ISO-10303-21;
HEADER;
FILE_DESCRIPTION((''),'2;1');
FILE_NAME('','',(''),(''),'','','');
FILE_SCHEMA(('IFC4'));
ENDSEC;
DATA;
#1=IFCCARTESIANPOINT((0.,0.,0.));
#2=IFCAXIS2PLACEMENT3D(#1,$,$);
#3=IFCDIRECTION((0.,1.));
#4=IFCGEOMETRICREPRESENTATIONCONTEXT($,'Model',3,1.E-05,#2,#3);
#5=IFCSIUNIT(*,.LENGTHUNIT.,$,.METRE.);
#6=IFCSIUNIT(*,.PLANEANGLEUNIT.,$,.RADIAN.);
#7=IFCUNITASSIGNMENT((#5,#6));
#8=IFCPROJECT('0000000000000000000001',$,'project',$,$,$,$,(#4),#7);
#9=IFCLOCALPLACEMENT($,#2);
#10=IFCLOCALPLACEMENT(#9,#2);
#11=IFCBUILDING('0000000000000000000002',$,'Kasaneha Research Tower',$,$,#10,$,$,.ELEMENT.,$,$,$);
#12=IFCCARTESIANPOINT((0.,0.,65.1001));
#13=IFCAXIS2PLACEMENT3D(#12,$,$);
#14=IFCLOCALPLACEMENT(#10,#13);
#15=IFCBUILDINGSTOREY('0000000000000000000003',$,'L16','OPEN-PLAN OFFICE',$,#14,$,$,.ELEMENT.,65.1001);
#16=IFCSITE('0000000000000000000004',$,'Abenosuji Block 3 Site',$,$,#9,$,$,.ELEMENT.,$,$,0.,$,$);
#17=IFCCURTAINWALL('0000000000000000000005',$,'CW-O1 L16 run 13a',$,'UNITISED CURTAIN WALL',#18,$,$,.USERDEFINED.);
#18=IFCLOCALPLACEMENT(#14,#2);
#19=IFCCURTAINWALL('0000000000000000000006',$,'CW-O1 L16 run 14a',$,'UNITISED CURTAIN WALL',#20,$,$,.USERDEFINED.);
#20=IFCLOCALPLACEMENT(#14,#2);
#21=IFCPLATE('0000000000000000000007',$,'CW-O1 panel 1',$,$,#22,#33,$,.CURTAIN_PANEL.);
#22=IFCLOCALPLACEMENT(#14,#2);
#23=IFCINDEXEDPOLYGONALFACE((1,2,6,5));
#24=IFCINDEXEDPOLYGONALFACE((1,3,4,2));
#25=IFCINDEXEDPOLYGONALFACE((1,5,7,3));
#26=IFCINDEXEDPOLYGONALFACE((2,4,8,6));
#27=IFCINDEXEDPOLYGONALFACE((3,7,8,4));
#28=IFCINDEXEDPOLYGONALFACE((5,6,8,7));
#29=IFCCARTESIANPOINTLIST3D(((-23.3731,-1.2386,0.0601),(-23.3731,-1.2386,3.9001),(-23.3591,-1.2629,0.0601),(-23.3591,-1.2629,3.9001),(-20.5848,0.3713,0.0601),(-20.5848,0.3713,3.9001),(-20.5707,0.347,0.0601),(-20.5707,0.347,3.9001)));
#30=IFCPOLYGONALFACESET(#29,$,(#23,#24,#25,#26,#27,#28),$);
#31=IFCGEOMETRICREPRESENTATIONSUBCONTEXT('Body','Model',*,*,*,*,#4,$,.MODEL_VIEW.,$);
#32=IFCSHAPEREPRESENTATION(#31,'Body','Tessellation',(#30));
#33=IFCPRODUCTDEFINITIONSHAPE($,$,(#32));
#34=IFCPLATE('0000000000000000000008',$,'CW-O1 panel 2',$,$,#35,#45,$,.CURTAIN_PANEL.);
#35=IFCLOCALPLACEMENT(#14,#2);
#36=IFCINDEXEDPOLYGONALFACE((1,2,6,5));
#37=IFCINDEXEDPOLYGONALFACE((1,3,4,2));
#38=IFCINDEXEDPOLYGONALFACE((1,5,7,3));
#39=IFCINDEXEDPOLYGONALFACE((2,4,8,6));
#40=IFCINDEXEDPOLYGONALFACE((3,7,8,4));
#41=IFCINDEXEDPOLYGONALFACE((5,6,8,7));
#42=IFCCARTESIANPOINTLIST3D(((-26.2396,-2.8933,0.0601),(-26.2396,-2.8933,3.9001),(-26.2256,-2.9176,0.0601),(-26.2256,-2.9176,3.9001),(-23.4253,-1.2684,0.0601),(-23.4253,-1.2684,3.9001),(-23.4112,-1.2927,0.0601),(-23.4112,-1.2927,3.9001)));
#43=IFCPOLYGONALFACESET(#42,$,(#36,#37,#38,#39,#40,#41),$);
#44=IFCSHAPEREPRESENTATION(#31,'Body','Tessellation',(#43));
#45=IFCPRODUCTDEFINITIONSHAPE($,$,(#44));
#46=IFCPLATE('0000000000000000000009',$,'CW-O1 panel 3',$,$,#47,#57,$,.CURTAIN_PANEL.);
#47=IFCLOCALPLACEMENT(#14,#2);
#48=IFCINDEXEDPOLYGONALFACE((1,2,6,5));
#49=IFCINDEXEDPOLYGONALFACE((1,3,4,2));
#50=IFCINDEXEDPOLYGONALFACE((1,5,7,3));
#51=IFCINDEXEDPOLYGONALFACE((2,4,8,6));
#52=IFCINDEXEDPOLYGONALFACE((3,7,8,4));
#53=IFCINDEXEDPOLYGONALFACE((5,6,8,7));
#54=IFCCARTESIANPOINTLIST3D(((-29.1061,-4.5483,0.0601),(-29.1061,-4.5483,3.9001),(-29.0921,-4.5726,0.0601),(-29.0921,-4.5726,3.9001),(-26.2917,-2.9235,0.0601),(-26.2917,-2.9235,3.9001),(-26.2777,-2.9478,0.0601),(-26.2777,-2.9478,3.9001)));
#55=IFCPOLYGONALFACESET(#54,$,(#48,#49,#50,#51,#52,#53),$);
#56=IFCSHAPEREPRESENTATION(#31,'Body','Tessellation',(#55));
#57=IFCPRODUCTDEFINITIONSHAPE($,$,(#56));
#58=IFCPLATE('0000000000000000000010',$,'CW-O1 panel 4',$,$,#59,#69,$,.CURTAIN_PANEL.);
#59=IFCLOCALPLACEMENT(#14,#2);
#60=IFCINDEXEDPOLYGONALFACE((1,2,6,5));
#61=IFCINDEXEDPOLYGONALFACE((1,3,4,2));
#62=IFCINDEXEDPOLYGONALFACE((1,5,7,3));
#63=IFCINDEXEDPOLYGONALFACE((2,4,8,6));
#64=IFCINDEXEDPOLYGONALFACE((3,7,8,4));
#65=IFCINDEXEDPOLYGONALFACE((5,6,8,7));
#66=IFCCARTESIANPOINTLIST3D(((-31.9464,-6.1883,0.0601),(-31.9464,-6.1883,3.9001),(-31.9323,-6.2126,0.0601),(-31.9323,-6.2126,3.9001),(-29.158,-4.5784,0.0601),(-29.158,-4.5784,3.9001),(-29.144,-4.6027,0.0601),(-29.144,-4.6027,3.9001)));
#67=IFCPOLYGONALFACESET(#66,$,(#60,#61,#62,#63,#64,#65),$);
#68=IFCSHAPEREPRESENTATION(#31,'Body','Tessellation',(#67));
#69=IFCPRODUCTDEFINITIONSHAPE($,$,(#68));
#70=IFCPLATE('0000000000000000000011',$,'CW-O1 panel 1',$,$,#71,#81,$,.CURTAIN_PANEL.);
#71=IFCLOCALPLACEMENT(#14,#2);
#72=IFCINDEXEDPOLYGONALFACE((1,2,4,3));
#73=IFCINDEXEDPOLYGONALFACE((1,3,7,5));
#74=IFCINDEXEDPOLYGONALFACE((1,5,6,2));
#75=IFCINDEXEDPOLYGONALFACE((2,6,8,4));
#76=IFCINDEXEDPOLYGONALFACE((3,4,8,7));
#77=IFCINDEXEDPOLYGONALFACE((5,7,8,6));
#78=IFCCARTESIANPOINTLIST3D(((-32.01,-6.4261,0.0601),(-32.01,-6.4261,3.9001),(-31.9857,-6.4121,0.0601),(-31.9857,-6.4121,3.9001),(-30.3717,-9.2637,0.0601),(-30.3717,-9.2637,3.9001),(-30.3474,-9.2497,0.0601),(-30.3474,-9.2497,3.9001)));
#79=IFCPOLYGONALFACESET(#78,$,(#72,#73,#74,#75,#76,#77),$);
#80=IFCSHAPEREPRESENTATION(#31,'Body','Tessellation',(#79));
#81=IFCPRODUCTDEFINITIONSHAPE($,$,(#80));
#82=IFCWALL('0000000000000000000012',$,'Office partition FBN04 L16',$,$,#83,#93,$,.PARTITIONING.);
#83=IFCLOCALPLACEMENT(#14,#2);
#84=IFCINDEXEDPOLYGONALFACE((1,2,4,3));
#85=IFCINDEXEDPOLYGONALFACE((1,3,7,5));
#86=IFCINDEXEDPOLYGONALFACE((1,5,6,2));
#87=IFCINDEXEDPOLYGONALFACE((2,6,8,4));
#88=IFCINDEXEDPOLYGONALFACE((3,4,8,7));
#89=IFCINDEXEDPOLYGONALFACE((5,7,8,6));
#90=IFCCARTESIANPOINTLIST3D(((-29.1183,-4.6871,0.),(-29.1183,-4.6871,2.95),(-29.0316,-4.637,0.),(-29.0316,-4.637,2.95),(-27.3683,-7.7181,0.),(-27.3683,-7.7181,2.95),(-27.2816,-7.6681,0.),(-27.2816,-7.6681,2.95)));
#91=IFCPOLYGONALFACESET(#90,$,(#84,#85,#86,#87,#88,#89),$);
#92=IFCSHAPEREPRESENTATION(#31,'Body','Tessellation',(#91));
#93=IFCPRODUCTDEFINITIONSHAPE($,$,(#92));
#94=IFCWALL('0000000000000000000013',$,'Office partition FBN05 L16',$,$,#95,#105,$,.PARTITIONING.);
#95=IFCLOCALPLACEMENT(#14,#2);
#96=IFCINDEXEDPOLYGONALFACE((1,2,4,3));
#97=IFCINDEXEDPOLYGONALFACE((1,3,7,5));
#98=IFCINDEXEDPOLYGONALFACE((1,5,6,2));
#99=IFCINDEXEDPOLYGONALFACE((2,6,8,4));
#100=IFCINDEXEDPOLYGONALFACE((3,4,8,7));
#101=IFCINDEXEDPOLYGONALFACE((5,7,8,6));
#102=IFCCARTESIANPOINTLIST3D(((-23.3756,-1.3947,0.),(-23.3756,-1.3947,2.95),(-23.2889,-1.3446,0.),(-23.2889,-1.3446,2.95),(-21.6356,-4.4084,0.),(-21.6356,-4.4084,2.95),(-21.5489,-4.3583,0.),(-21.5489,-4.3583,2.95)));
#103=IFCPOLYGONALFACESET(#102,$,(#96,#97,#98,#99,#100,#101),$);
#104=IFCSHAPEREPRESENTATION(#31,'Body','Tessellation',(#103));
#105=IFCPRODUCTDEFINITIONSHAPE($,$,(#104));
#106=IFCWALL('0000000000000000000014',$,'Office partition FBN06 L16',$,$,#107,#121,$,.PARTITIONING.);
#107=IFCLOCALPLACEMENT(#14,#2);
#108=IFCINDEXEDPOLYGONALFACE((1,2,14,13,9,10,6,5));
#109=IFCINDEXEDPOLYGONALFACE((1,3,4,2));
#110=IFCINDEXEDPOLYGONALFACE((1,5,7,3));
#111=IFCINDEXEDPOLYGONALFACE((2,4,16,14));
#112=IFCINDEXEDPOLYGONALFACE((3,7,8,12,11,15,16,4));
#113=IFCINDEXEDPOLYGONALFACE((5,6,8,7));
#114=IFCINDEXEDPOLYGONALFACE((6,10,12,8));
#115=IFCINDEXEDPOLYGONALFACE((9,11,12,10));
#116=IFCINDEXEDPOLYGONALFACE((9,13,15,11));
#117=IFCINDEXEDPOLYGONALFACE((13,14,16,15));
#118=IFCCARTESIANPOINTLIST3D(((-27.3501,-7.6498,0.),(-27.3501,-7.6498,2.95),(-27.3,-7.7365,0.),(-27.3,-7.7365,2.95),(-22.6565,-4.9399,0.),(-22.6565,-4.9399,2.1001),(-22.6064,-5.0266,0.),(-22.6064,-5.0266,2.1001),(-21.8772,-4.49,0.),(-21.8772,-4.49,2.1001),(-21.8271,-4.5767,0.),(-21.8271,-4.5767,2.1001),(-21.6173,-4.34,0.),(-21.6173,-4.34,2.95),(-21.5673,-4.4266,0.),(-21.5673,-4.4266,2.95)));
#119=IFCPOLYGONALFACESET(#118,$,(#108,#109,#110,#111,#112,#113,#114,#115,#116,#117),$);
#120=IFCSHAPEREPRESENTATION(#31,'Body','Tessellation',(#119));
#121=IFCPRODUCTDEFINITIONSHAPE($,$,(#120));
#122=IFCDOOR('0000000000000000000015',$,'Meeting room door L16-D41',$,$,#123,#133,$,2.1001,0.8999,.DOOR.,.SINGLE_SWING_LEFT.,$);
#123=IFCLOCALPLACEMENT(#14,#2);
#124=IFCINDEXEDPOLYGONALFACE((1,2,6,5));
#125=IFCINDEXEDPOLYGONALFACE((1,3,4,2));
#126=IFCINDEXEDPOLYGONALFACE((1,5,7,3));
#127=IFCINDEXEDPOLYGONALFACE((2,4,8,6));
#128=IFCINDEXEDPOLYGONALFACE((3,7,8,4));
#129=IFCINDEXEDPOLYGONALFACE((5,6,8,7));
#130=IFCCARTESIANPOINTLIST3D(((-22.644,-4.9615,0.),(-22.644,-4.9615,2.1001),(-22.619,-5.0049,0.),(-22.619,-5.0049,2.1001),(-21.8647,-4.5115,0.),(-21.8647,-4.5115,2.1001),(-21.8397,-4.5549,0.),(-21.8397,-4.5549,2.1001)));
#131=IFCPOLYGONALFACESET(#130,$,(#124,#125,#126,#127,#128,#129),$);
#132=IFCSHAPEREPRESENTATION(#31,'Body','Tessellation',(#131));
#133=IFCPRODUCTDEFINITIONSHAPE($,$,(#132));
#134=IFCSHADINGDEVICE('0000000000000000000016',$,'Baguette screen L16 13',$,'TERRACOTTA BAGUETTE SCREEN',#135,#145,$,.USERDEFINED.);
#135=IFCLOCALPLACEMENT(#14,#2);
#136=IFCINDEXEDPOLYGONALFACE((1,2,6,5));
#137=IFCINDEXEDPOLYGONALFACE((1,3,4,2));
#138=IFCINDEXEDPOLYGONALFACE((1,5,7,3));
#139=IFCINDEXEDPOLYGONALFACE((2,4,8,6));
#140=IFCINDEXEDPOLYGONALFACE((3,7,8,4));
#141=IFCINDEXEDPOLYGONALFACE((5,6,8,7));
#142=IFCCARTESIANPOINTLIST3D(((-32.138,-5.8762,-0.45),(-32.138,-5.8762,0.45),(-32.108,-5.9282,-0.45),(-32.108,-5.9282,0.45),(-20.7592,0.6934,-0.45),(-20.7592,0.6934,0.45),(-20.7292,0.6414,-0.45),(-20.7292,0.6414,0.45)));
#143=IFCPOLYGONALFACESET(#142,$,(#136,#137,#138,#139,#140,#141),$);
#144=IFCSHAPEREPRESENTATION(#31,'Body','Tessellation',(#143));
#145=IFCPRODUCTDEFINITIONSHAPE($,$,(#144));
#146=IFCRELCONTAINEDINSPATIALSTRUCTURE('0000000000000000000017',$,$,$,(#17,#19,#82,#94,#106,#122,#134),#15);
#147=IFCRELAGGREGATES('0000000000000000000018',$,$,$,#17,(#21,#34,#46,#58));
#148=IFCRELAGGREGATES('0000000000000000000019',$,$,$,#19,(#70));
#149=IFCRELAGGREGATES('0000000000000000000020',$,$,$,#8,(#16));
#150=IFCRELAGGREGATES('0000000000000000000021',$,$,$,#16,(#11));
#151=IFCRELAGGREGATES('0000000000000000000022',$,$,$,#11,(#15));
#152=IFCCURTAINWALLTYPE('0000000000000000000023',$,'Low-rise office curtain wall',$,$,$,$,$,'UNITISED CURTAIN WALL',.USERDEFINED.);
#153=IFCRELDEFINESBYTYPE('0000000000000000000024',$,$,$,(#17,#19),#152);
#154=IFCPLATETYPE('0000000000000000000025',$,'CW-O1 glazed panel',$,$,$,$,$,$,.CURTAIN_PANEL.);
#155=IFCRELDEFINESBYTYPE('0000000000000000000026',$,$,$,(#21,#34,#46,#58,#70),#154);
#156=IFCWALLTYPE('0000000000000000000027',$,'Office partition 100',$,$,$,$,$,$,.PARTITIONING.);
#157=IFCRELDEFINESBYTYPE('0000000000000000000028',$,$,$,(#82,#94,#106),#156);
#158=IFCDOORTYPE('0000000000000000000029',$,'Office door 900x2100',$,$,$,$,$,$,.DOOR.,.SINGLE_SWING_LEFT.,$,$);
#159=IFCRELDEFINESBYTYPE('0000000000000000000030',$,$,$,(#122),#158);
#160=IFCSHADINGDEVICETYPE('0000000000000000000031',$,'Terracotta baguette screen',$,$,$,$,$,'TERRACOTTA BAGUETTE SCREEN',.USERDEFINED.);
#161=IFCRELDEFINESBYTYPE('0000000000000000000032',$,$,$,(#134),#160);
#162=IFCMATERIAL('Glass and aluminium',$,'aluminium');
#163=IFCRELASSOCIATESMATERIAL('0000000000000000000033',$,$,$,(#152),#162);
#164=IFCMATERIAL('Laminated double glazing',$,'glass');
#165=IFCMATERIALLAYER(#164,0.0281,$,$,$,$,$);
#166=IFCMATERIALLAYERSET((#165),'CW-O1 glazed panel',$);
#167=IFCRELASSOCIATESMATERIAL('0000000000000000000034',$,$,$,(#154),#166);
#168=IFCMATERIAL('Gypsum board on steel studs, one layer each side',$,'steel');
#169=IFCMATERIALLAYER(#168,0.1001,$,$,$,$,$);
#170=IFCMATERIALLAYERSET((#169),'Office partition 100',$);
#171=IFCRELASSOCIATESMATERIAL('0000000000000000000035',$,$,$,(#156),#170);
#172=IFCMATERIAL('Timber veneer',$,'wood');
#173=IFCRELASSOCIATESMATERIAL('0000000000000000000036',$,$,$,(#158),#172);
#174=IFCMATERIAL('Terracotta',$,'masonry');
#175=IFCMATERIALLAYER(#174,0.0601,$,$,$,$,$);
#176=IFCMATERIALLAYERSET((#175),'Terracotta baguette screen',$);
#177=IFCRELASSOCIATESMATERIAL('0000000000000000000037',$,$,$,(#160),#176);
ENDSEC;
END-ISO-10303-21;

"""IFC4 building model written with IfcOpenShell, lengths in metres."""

from ifc_helpers import new_model, si_unit, direction, frame, frame_2d, origin, origin_2d, place, context, subcontext, project, spatial, rectangle, extrude, material, layer, layer_set, type_object, element, fill, aggregate, save


model = new_model("IFC4")

# Units and contexts
model_context = context("Model", 3, precision=1e-05, world=origin(), true_north=direction((0.0, 1.0)))
body_context = subcontext(model_context, "Body", "Model", "MODEL_VIEW")
ifc_project = project(units=[si_unit("LENGTHUNIT", "METRE"), si_unit("PLANEANGLEUNIT", "RADIAN")], contexts=[model_context])

# Site, building, storey
site_placement = place(None, origin())
site = spatial("IfcSite", under=ifc_project, at=site_placement, Name="Abenosuji Block 3 Site", CompositionType="ELEMENT", RefElevation=0.0)
building_placement = place(site_placement, origin())
building = spatial("IfcBuilding", under=site, at=building_placement, Name="Kasaneha Research Tower", CompositionType="ELEMENT")
storey_placement = place(building_placement, frame((0.0, 0.0, 65.1001)))
storey = spatial("IfcBuildingStorey", under=building, at=storey_placement, Name="L16", Description="OPEN-PLAN OFFICE", CompositionType="ELEMENT", Elevation=65.1001)

# Curtain wall
ifc_material_1 = material(Name="Glass and aluminium", Category="aluminium")
curtain_wall_type = type_object("IfcCurtainWallType", Name="Low-rise office curtain wall", ElementType="UNITISED CURTAIN WALL", PredefinedType="USERDEFINED", material=ifc_material_1)
curtain_wall_1_placement = place(storey_placement, origin())
curtain_wall_1 = element("IfcCurtainWall", 1, at=curtain_wall_1_placement, inside=storey, type_object=curtain_wall_type, Name="CW-O1 L16 run 13a", ObjectType="UNITISED CURTAIN WALL", PredefinedType="USERDEFINED")

# Curtain wall
curtain_wall_2_placement = place(storey_placement, origin())
curtain_wall_2 = element("IfcCurtainWall", 2, at=curtain_wall_2_placement, inside=storey, type_object=curtain_wall_type, Name="CW-O1 L16 run 14a", ObjectType="UNITISED CURTAIN WALL", PredefinedType="USERDEFINED")

# Plates
ifc_material_2 = material(Name="Laminated double glazing", Category="glass")
ifc_layer_1 = layer(ifc_material_2, 0.0281)
ifc_layer_set_1 = layer_set([ifc_layer_1], Name="CW-O1 glazed panel")
plate_type = type_object("IfcPlateType", Name="CW-O1 glazed panel", PredefinedType="CURTAIN_PANEL", material=ifc_layer_set_1)
plate_1_placement = place(storey_placement, frame((-21.9719, -0.4458, 0.0601), z_axis=(0.0, 0.0, 1.0), x_axis=(-0.866025, -0.5, 0.0)))
plate_1 = element("IfcPlate", 3, at=plate_1_placement, type_object=plate_type, Name="CW-O1 panel 1", PredefinedType="CURTAIN_PANEL", context=body_context, shape_type="SweptSolid", body=[
    extrude(rectangle(XDim=3.2197, YDim=0.0281, at=origin_2d()), origin(), (0.0, 0.0, 1.0), 3.8401),
])
plate_2_placement = place(storey_placement, frame((-24.8254, -2.093, 0.0601), z_axis=(0.0, 0.0, 1.0), x_axis=(-0.866025, -0.5, 0.0)))
plate_2 = element("IfcPlate", 4, at=plate_2_placement, type_object=plate_type, Name="CW-O1 panel 2", PredefinedType="CURTAIN_PANEL", context=body_context, shape_type="SweptSolid", body=[
    extrude(rectangle(XDim=3.2498, YDim=0.0281, at=origin_2d()), origin(), (0.0, 0.0, 1.0), 3.8401),
])
plate_3_placement = place(storey_placement, frame((-27.6919, -3.748, 0.0601), z_axis=(0.0, 0.0, 1.0), x_axis=(-0.866025, -0.5, 0.0)))
plate_3 = element("IfcPlate", 5, at=plate_3_placement, type_object=plate_type, Name="CW-O1 panel 3", PredefinedType="CURTAIN_PANEL", context=body_context, shape_type="SweptSolid", body=[
    extrude(rectangle(XDim=3.2498, YDim=0.0281, at=origin_2d()), origin(), (0.0, 0.0, 1.0), 3.8401),
])
plate_4_placement = place(storey_placement, frame((-30.5452, -5.3955, 0.0601), z_axis=(0.0, 0.0, 1.0), x_axis=(-0.866025, -0.5, 0.0)))
plate_4 = element("IfcPlate", 6, at=plate_4_placement, type_object=plate_type, Name="CW-O1 panel 4", PredefinedType="CURTAIN_PANEL", context=body_context, shape_type="SweptSolid", body=[
    extrude(rectangle(XDim=3.2197, YDim=0.0281, at=origin_2d()), origin(), (0.0, 0.0, 1.0), 3.8401),
])
aggregate(curtain_wall_1, [plate_1, plate_2, plate_3, plate_4])
plate_5_placement = place(storey_placement, frame((-31.1787, -7.8379, 0.0601), z_axis=(0.0, 0.0, 1.0), x_axis=(0.5, -0.866025, 0.0)))
plate_5 = element("IfcPlate", 7, at=plate_5_placement, type_object=plate_type, Name="CW-O1 panel 1", PredefinedType="CURTAIN_PANEL", context=body_context, shape_type="SweptSolid", body=[
    extrude(rectangle(XDim=3.2766, YDim=0.0281, at=origin_2d()), origin(), (0.0, 0.0, 1.0), 3.8401),
])
aggregate(curtain_wall_2, [plate_5])

# Walls
ifc_material_3 = material(Name="Gypsum board on steel studs, one layer each side", Category="steel")
ifc_layer_2 = layer(ifc_material_3, 0.1001)
ifc_layer_set_2 = layer_set([ifc_layer_2], Name="Office partition 100")
wall_type = type_object("IfcWallType", Name="Office partition 100", PredefinedType="PARTITIONING", material=ifc_layer_set_2)
wall_1_placement = place(storey_placement, frame((-27.325, -7.6931, 0.0), z_axis=(0.0, 0.0, 1.0), x_axis=(-0.50001, 0.866019, 0.0)))
element("IfcWall", 8, at=wall_1_placement, inside=storey, type_object=wall_type, Name="Office partition FBN04 L16", PredefinedType="PARTITIONING", context=body_context, shape_type="SweptSolid", body=[
    extrude(rectangle(XDim=3.5, YDim=0.1001, at=frame_2d((1.75, 0.0))), origin(), (0.0, 0.0, 1.0), 2.95),
])
wall_2_placement = place(storey_placement, frame((-23.3323, -1.3696, 0.0), z_axis=(0.0, 0.0, 1.0), x_axis=(0.50001, -0.86602, 0.0)))
element("IfcWall", 9, at=wall_2_placement, inside=storey, type_object=wall_type, Name="Office partition FBN05 L16", PredefinedType="PARTITIONING", context=body_context, shape_type="SweptSolid", body=[
    extrude(rectangle(XDim=3.48, YDim=0.1001, at=frame_2d((1.74, 0.0))), origin(), (0.0, 0.0, 1.0), 2.95),
])

# Wall, opening, door
wall_3_placement = place(storey_placement, frame((-21.5923, -4.3833, 0.0), z_axis=(0.0, 0.0, 1.0), x_axis=(-0.866022, -0.500007, 0.0)))
wall_3 = element("IfcWall", 10, at=wall_3_placement, inside=storey, type_object=wall_type, Name="Office partition FBN06 L16", PredefinedType="PARTITIONING", context=body_context, shape_type="SweptSolid", body=[
    extrude(rectangle(XDim=6.6196, YDim=0.1001, at=frame_2d((3.3098, 0.0))), origin(), (0.0, 0.0, 1.0), 2.95),
])
opening_placement = place(wall_3_placement, frame((0.3, 0.0, 0.0)))
opening = element("IfcOpeningElement", 11, at=opening_placement, cuts=wall_3, PredefinedType="OPENING", context=body_context, shape_type="SweptSolid", body=[
    extrude(rectangle(XDim=0.8999, YDim=2.1001, at=frame_2d((0.45, 1.05))), frame((0.0, 0.0601, 0.0), z_axis=(0.0, -1.0, 0.0), x_axis=(1.0, 0.0, 0.0)), (0.0, 0.0, 1.0), 0.1201),
])
ifc_material_4 = material(Name="Timber veneer", Category="wood")
door_type = type_object("IfcDoorType", Name="Office door 900x2100", OperationType="SINGLE_SWING_LEFT", PredefinedType="DOOR", material=ifc_material_4)
door_placement = place(opening_placement, origin())
door = element("IfcDoor", 12, at=door_placement, inside=storey, type_object=door_type, Name="Meeting room door L16-D41", OperationType="SINGLE_SWING_LEFT", OverallHeight=2.1001, OverallWidth=0.8999, PredefinedType="DOOR", context=body_context, shape_type="SweptSolid", body=[
    extrude(rectangle(XDim=0.8999, YDim=2.1001, at=frame_2d((0.45, 1.05))), frame((0.0, 0.0249, 0.0), z_axis=(0.0, -1.0, 0.0), x_axis=(1.0, 0.0, 0.0)), (0.0, 0.0, 1.0), 0.05),
])
fill(opening, door)

# Shading device
ifc_material_5 = material(Name="Terracotta", Category="masonry")
ifc_layer_3 = layer(ifc_material_5, 0.0601)
ifc_layer_set_3 = layer_set([ifc_layer_3], Name="Terracotta baguette screen")
shading_device_type = type_object("IfcShadingDeviceType", Name="Terracotta baguette screen", ElementType="TERRACOTTA BAGUETTE SCREEN", PredefinedType="USERDEFINED", material=ifc_layer_set_3)
shading_device_placement = place(storey_placement, frame((-26.4336, -2.6174, -0.45), z_axis=(0.0, 0.0, 1.0), x_axis=(-0.866025, -0.5, 0.0)))
element("IfcShadingDevice", 13, at=shading_device_placement, inside=storey, type_object=shading_device_type, Name="Baguette screen L16 13", ObjectType="TERRACOTTA BAGUETTE SCREEN", PredefinedType="USERDEFINED", context=body_context, shape_type="SweptSolid", body=[
    extrude(rectangle(XDim=13.1392, YDim=0.0601, at=origin_2d()), origin(), (0.0, 0.0, 1.0), 0.8999),
])

save(model, "model.ifc")
